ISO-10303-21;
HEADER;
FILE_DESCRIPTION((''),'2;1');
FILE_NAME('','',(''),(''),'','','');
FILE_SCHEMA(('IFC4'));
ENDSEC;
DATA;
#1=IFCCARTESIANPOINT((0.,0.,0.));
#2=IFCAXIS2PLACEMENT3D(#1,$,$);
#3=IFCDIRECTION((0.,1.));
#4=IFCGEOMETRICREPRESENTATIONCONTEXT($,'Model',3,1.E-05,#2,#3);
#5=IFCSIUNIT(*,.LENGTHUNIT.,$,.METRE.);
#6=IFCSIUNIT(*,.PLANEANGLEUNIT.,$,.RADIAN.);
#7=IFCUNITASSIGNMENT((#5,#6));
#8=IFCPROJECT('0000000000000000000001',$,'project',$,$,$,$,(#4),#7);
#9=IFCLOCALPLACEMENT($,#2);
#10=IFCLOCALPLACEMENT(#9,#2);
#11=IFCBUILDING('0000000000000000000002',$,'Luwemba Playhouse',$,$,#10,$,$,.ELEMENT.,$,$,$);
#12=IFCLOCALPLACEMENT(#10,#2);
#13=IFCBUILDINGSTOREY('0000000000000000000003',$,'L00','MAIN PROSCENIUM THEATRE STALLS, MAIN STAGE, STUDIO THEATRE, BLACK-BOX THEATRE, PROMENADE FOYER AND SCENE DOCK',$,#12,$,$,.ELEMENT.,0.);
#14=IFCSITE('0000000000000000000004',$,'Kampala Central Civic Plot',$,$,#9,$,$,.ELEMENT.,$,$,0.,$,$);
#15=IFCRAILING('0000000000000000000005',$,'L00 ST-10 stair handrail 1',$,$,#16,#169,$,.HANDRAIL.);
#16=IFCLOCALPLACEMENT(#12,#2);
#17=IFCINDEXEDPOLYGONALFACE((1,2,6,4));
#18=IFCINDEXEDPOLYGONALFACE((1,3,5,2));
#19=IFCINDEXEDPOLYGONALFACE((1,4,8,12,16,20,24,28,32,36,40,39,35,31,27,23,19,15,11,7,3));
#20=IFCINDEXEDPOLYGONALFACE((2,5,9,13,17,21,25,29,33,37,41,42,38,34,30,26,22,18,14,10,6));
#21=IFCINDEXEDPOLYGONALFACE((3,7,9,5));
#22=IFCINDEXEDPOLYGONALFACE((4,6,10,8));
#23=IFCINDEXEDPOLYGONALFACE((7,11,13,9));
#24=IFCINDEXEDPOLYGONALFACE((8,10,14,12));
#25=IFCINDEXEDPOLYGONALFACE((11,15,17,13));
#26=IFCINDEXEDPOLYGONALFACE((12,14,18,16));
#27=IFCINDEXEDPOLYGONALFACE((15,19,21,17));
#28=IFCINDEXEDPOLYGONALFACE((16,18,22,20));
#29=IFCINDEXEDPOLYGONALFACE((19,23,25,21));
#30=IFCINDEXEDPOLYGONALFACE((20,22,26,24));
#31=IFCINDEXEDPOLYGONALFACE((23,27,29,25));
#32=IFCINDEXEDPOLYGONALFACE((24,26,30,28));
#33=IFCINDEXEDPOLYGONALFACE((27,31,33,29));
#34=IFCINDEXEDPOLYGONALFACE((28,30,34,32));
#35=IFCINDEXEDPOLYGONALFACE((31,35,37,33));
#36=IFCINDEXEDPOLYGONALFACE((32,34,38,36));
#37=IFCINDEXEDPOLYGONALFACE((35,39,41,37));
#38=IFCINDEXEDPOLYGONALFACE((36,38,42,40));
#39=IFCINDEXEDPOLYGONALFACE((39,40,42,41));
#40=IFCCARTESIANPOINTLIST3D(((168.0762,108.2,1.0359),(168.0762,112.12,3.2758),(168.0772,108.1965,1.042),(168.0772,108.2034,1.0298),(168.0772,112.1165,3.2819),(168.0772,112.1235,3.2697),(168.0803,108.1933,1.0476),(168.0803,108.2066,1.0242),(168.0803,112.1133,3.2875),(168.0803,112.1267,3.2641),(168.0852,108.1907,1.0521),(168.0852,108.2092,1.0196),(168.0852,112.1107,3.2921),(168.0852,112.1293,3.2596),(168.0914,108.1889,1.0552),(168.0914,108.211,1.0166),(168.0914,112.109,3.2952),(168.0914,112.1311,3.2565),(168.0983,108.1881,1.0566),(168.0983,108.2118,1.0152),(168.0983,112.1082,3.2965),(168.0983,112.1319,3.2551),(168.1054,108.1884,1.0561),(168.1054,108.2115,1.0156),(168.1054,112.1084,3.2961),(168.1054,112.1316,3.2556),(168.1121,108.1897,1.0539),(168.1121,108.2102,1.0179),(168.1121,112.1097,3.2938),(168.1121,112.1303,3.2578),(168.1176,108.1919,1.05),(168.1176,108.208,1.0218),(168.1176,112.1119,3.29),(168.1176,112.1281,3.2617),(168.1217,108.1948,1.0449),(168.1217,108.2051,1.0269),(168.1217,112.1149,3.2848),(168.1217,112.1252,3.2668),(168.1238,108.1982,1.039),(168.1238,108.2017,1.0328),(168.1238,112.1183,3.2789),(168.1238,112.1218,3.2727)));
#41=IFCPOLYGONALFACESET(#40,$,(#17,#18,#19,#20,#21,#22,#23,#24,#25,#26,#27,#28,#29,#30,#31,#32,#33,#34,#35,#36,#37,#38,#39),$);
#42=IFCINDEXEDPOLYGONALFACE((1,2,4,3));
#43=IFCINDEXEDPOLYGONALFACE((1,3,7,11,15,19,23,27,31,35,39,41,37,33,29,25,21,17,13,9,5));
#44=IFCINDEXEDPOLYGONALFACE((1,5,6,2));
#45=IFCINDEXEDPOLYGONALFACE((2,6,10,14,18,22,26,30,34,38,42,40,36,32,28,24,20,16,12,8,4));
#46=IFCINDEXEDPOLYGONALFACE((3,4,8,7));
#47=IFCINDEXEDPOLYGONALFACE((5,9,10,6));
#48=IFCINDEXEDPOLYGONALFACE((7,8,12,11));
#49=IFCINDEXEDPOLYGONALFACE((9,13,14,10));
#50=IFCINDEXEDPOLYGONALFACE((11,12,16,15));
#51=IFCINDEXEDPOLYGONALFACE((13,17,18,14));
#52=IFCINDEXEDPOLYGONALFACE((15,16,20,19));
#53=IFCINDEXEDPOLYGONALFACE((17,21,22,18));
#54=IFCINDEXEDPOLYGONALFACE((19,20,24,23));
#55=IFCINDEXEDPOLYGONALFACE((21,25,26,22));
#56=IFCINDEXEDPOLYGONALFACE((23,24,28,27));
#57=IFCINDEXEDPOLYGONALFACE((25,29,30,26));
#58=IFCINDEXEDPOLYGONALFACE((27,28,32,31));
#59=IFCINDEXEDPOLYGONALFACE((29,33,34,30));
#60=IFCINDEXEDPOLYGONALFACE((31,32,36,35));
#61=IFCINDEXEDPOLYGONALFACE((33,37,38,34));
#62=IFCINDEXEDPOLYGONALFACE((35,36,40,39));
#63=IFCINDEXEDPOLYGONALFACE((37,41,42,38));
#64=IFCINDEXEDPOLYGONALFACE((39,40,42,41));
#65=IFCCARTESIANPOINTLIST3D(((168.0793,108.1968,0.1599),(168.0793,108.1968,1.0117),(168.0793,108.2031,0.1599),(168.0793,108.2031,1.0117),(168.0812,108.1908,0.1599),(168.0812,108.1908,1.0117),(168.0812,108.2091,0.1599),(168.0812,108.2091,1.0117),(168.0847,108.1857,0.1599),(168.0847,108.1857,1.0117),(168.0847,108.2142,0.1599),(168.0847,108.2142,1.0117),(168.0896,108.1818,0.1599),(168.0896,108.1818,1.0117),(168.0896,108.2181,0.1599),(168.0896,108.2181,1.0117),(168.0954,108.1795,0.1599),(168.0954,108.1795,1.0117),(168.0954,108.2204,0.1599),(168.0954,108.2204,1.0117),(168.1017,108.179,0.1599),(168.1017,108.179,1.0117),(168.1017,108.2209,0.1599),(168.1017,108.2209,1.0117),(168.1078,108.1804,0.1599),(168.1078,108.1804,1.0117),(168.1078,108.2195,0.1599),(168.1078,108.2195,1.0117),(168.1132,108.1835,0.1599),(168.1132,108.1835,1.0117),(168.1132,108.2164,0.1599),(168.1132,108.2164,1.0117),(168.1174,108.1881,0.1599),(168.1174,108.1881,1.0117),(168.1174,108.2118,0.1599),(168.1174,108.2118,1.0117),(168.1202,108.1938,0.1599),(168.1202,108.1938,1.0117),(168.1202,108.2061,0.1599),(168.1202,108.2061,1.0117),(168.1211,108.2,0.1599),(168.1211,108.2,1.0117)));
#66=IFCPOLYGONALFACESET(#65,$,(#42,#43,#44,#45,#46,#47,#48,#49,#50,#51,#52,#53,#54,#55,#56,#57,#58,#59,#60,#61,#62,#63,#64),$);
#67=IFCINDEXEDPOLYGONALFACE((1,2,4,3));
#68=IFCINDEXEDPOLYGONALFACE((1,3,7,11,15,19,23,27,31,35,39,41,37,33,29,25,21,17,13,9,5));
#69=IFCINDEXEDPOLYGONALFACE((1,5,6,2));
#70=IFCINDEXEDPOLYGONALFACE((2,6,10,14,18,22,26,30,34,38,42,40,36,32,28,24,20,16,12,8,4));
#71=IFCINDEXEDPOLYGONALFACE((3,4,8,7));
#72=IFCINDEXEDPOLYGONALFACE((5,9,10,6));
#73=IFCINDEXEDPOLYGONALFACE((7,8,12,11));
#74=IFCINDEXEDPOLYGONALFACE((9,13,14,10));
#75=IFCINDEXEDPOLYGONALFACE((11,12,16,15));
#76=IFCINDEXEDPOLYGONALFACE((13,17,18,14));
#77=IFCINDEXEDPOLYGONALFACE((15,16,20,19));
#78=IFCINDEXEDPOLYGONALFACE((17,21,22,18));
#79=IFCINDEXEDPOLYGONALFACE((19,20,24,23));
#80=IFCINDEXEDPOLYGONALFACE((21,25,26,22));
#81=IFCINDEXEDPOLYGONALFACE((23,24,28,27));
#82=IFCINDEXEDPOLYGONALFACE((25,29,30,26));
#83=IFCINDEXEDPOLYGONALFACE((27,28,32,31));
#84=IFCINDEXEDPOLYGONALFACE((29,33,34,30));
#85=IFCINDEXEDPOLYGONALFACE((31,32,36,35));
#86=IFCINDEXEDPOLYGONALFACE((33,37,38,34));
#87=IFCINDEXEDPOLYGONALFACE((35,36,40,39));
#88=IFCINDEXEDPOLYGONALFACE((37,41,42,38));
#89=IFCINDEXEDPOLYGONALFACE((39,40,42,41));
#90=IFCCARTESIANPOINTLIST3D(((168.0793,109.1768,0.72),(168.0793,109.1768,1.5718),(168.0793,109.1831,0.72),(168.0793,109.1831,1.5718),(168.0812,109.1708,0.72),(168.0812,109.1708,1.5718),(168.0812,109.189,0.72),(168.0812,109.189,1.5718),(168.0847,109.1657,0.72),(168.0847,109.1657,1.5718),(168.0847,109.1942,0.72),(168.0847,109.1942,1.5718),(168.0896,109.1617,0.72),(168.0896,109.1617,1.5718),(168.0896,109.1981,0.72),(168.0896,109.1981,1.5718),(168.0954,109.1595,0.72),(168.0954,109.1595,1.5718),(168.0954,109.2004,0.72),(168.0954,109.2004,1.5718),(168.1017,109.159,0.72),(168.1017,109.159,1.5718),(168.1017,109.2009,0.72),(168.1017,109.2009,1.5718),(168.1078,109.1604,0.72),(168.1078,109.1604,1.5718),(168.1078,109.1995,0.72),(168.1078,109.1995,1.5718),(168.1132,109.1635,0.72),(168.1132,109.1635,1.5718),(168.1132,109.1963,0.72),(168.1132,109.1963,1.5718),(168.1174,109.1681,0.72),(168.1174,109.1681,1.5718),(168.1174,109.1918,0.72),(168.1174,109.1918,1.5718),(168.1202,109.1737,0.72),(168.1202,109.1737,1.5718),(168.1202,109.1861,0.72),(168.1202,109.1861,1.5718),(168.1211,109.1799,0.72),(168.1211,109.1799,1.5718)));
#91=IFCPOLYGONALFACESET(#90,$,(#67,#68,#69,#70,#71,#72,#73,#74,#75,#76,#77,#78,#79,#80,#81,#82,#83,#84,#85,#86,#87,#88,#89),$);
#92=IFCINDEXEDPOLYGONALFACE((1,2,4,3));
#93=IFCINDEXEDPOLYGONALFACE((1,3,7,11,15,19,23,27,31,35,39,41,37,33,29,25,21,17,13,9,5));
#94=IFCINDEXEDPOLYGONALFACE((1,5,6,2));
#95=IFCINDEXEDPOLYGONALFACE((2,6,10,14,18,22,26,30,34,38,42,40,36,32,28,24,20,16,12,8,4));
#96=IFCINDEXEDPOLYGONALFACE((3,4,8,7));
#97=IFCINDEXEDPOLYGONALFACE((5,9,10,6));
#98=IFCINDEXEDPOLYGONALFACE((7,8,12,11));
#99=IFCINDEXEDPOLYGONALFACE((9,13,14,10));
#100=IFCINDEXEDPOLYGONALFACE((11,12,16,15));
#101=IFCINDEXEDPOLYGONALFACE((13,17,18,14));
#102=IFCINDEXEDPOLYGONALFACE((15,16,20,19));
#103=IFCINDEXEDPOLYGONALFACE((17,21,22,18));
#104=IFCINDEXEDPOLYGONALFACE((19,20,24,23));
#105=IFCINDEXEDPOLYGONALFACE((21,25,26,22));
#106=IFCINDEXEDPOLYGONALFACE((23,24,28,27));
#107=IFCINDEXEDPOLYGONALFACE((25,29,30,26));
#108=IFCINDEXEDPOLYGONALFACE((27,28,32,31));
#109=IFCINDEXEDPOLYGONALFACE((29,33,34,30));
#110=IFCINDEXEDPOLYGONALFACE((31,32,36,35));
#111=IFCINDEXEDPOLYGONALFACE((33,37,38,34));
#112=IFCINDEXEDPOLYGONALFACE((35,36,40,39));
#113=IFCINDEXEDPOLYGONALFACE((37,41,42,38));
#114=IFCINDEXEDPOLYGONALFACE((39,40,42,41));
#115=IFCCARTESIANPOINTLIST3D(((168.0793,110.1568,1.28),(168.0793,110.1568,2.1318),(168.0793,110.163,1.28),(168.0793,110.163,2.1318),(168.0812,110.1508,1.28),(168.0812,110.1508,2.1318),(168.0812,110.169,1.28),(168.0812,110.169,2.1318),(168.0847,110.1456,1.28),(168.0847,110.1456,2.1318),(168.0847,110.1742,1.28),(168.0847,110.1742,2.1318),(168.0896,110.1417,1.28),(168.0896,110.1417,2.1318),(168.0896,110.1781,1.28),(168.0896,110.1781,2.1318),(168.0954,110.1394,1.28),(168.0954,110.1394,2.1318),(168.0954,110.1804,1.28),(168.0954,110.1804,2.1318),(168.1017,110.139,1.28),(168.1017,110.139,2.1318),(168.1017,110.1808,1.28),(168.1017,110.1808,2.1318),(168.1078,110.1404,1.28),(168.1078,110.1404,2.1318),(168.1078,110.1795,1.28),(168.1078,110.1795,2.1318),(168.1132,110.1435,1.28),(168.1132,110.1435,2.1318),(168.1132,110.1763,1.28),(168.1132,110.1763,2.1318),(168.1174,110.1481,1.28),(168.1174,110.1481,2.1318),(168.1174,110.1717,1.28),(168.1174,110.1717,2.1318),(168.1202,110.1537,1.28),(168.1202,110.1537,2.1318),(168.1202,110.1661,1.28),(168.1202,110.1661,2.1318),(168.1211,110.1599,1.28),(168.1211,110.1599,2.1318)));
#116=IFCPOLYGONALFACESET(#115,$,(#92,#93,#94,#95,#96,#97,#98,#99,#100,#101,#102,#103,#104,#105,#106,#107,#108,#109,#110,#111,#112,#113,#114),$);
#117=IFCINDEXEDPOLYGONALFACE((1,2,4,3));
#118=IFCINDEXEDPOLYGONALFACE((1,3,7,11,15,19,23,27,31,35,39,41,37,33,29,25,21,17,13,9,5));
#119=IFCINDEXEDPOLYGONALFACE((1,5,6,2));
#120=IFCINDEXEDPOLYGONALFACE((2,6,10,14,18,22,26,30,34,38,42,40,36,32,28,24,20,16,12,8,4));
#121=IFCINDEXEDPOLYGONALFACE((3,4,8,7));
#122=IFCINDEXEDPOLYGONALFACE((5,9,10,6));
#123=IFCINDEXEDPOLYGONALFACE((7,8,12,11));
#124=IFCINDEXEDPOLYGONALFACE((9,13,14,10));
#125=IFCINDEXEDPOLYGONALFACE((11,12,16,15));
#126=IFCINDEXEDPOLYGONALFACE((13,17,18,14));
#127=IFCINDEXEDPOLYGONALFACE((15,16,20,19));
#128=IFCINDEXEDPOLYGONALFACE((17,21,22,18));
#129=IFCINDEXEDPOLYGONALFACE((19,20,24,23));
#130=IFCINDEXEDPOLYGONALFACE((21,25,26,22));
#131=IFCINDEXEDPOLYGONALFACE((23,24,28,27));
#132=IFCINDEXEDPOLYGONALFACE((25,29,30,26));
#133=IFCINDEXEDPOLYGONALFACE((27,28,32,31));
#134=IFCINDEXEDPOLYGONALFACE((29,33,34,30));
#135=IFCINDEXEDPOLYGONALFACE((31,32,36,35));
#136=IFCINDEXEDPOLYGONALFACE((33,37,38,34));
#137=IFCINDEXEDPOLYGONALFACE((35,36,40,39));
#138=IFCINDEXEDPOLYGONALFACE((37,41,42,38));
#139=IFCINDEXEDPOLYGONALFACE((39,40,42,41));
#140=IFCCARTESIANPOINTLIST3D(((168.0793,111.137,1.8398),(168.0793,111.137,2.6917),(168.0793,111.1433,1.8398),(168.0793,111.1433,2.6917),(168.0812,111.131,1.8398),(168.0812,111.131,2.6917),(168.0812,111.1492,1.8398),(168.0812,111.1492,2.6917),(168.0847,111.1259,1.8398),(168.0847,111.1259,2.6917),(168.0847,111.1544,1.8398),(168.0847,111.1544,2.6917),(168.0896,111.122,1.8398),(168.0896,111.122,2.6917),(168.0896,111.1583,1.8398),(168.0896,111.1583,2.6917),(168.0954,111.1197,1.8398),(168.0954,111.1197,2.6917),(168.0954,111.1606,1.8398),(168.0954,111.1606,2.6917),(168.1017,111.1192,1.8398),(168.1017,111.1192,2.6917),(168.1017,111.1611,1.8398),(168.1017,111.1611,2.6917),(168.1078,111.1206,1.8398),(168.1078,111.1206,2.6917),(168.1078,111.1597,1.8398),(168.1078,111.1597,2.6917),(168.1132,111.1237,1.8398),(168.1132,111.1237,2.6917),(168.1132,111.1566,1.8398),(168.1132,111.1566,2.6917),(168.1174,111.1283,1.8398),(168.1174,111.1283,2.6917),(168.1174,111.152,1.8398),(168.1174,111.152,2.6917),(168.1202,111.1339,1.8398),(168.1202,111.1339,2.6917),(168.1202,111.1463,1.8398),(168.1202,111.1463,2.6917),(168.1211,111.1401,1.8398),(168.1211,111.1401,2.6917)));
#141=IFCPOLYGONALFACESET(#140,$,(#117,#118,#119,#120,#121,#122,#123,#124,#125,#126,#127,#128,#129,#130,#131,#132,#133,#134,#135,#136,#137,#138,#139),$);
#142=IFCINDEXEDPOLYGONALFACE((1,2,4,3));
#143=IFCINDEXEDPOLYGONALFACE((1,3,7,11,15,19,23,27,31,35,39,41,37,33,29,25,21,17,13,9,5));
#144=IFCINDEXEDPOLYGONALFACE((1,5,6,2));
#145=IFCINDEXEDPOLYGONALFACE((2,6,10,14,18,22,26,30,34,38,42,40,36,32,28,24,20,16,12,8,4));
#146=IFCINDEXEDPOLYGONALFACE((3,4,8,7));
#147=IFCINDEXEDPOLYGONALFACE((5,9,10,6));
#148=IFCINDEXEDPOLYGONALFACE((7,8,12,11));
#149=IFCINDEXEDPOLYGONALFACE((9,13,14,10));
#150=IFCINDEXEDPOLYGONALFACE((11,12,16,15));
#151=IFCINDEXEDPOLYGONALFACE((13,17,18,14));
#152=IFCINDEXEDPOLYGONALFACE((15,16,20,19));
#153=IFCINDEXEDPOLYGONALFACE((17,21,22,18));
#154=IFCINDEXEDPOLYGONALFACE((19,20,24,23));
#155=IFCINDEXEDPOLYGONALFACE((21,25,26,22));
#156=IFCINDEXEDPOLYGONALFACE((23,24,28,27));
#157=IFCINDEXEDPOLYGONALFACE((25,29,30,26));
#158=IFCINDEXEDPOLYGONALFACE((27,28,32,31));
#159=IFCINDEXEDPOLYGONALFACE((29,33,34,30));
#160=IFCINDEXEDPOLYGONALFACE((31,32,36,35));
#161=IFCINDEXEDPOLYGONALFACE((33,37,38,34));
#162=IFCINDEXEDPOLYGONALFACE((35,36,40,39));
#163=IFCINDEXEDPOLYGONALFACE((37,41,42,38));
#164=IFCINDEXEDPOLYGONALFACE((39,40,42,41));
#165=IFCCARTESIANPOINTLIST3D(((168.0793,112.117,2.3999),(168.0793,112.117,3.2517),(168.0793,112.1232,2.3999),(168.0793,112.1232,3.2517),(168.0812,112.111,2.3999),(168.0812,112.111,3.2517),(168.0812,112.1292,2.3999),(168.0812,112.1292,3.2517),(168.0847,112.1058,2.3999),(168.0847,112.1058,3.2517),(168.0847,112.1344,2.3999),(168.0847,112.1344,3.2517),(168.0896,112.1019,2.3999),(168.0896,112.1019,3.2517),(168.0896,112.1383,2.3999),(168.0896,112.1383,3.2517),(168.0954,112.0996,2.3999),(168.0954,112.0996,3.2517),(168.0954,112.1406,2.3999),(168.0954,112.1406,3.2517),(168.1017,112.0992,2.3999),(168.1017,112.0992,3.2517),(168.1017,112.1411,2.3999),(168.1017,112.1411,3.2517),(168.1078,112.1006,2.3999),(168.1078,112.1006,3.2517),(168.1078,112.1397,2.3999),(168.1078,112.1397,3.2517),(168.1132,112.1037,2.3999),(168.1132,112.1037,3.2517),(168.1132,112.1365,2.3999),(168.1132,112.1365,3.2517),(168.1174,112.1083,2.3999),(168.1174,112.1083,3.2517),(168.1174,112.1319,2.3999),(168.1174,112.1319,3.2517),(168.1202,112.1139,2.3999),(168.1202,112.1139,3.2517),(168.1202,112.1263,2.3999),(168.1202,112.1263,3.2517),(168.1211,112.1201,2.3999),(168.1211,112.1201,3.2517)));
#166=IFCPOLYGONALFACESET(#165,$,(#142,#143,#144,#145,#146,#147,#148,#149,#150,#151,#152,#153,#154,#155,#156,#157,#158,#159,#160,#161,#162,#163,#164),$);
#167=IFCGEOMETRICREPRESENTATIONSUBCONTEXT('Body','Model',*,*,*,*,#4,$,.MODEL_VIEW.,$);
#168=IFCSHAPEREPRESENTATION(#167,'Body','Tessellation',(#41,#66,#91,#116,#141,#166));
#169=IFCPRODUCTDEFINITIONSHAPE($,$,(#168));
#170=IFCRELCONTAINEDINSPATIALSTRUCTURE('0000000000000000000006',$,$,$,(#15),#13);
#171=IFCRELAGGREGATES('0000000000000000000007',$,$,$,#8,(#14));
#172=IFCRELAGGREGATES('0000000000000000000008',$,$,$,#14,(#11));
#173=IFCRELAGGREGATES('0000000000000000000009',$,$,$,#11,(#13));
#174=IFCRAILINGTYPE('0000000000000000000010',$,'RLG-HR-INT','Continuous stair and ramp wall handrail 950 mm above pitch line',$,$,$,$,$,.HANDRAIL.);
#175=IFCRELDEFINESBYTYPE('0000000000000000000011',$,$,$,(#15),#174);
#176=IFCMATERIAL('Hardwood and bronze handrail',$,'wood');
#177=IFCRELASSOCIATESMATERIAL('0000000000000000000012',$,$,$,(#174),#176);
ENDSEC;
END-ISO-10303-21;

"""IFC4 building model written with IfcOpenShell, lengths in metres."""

from ifc_helpers import new_model, si_unit, direction, frame, origin, origin_2d, place, context, subcontext, project, spatial, circle, extrude, material, type_object, element, save


model = new_model("IFC4")

# Units and contexts
model_context = context("Model", 3, precision=1e-05, world=origin(), true_north=direction((0.0, 1.0)))
body_context = subcontext(model_context, "Body", "Model", "MODEL_VIEW")
ifc_project = project(units=[si_unit("LENGTHUNIT", "METRE"), si_unit("PLANEANGLEUNIT", "RADIAN")], contexts=[model_context])

# Site, building, storey
site_placement = place(None, origin())
site = spatial("IfcSite", under=ifc_project, at=site_placement, Name="Kampala Central Civic Plot", CompositionType="ELEMENT", RefElevation=0.0)
building_placement = place(site_placement, origin())
building = spatial("IfcBuilding", under=site, at=building_placement, Name="Luwemba Playhouse", CompositionType="ELEMENT")
storey_placement = place(building_placement, origin())
storey = spatial("IfcBuildingStorey", under=building, at=storey_placement, Name="L00", Description="MAIN PROSCENIUM THEATRE STALLS, MAIN STAGE, STUDIO THEATRE, BLACK-BOX THEATRE, PROMENADE FOYER AND SCENE DOCK", CompositionType="ELEMENT", Elevation=0.0)

# Railing
ifc_material_1 = material(Name="Hardwood and bronze handrail", Category="wood")
railing_type_1 = type_object("IfcRailingType", Name="RLG-HR-INT", Description="Continuous stair and ramp wall handrail 950 mm above pitch line", PredefinedType="HANDRAIL", material=ifc_material_1)
railing_1_placement = place(storey_placement, frame((168.1001, 108.2, 0.1599)))
element("IfcRailing", 1, at=railing_1_placement, inside=storey, type_object=railing_type_1, Name="L00 ST-10 stair handrail 1", PredefinedType="HANDRAIL", context=body_context, shape_type="SweptSolid", body=[
    extrude(circle(Radius=0.0239, at=origin_2d()), frame((0.0, 0.0, 0.876), z_axis=(0.0, 0.868253, 0.496121), x_axis=(-1.0, 0.0, 0.0)), (0.0, 0.0, 1.0), 4.5149),
    extrude(circle(Radius=0.021, at=origin_2d()), origin(), (0.0, 0.0, 1.0), 0.8518),
    extrude(circle(Radius=0.021, at=origin_2d()), frame((0.0, 0.98, 0.5601)), (0.0, 0.0, 1.0), 0.8518),
    extrude(circle(Radius=0.021, at=origin_2d()), frame((0.0, 1.96, 1.1201)), (0.0, 0.0, 1.0), 0.8518),
    extrude(circle(Radius=0.021, at=origin_2d()), frame((0.0, 2.9402, 1.6799)), (0.0, 0.0, 1.0), 0.8518),
    extrude(circle(Radius=0.021, at=origin_2d()), frame((0.0, 3.9202, 2.24)), (0.0, 0.0, 1.0), 0.8518),
])

save(model, "model.ifc")
